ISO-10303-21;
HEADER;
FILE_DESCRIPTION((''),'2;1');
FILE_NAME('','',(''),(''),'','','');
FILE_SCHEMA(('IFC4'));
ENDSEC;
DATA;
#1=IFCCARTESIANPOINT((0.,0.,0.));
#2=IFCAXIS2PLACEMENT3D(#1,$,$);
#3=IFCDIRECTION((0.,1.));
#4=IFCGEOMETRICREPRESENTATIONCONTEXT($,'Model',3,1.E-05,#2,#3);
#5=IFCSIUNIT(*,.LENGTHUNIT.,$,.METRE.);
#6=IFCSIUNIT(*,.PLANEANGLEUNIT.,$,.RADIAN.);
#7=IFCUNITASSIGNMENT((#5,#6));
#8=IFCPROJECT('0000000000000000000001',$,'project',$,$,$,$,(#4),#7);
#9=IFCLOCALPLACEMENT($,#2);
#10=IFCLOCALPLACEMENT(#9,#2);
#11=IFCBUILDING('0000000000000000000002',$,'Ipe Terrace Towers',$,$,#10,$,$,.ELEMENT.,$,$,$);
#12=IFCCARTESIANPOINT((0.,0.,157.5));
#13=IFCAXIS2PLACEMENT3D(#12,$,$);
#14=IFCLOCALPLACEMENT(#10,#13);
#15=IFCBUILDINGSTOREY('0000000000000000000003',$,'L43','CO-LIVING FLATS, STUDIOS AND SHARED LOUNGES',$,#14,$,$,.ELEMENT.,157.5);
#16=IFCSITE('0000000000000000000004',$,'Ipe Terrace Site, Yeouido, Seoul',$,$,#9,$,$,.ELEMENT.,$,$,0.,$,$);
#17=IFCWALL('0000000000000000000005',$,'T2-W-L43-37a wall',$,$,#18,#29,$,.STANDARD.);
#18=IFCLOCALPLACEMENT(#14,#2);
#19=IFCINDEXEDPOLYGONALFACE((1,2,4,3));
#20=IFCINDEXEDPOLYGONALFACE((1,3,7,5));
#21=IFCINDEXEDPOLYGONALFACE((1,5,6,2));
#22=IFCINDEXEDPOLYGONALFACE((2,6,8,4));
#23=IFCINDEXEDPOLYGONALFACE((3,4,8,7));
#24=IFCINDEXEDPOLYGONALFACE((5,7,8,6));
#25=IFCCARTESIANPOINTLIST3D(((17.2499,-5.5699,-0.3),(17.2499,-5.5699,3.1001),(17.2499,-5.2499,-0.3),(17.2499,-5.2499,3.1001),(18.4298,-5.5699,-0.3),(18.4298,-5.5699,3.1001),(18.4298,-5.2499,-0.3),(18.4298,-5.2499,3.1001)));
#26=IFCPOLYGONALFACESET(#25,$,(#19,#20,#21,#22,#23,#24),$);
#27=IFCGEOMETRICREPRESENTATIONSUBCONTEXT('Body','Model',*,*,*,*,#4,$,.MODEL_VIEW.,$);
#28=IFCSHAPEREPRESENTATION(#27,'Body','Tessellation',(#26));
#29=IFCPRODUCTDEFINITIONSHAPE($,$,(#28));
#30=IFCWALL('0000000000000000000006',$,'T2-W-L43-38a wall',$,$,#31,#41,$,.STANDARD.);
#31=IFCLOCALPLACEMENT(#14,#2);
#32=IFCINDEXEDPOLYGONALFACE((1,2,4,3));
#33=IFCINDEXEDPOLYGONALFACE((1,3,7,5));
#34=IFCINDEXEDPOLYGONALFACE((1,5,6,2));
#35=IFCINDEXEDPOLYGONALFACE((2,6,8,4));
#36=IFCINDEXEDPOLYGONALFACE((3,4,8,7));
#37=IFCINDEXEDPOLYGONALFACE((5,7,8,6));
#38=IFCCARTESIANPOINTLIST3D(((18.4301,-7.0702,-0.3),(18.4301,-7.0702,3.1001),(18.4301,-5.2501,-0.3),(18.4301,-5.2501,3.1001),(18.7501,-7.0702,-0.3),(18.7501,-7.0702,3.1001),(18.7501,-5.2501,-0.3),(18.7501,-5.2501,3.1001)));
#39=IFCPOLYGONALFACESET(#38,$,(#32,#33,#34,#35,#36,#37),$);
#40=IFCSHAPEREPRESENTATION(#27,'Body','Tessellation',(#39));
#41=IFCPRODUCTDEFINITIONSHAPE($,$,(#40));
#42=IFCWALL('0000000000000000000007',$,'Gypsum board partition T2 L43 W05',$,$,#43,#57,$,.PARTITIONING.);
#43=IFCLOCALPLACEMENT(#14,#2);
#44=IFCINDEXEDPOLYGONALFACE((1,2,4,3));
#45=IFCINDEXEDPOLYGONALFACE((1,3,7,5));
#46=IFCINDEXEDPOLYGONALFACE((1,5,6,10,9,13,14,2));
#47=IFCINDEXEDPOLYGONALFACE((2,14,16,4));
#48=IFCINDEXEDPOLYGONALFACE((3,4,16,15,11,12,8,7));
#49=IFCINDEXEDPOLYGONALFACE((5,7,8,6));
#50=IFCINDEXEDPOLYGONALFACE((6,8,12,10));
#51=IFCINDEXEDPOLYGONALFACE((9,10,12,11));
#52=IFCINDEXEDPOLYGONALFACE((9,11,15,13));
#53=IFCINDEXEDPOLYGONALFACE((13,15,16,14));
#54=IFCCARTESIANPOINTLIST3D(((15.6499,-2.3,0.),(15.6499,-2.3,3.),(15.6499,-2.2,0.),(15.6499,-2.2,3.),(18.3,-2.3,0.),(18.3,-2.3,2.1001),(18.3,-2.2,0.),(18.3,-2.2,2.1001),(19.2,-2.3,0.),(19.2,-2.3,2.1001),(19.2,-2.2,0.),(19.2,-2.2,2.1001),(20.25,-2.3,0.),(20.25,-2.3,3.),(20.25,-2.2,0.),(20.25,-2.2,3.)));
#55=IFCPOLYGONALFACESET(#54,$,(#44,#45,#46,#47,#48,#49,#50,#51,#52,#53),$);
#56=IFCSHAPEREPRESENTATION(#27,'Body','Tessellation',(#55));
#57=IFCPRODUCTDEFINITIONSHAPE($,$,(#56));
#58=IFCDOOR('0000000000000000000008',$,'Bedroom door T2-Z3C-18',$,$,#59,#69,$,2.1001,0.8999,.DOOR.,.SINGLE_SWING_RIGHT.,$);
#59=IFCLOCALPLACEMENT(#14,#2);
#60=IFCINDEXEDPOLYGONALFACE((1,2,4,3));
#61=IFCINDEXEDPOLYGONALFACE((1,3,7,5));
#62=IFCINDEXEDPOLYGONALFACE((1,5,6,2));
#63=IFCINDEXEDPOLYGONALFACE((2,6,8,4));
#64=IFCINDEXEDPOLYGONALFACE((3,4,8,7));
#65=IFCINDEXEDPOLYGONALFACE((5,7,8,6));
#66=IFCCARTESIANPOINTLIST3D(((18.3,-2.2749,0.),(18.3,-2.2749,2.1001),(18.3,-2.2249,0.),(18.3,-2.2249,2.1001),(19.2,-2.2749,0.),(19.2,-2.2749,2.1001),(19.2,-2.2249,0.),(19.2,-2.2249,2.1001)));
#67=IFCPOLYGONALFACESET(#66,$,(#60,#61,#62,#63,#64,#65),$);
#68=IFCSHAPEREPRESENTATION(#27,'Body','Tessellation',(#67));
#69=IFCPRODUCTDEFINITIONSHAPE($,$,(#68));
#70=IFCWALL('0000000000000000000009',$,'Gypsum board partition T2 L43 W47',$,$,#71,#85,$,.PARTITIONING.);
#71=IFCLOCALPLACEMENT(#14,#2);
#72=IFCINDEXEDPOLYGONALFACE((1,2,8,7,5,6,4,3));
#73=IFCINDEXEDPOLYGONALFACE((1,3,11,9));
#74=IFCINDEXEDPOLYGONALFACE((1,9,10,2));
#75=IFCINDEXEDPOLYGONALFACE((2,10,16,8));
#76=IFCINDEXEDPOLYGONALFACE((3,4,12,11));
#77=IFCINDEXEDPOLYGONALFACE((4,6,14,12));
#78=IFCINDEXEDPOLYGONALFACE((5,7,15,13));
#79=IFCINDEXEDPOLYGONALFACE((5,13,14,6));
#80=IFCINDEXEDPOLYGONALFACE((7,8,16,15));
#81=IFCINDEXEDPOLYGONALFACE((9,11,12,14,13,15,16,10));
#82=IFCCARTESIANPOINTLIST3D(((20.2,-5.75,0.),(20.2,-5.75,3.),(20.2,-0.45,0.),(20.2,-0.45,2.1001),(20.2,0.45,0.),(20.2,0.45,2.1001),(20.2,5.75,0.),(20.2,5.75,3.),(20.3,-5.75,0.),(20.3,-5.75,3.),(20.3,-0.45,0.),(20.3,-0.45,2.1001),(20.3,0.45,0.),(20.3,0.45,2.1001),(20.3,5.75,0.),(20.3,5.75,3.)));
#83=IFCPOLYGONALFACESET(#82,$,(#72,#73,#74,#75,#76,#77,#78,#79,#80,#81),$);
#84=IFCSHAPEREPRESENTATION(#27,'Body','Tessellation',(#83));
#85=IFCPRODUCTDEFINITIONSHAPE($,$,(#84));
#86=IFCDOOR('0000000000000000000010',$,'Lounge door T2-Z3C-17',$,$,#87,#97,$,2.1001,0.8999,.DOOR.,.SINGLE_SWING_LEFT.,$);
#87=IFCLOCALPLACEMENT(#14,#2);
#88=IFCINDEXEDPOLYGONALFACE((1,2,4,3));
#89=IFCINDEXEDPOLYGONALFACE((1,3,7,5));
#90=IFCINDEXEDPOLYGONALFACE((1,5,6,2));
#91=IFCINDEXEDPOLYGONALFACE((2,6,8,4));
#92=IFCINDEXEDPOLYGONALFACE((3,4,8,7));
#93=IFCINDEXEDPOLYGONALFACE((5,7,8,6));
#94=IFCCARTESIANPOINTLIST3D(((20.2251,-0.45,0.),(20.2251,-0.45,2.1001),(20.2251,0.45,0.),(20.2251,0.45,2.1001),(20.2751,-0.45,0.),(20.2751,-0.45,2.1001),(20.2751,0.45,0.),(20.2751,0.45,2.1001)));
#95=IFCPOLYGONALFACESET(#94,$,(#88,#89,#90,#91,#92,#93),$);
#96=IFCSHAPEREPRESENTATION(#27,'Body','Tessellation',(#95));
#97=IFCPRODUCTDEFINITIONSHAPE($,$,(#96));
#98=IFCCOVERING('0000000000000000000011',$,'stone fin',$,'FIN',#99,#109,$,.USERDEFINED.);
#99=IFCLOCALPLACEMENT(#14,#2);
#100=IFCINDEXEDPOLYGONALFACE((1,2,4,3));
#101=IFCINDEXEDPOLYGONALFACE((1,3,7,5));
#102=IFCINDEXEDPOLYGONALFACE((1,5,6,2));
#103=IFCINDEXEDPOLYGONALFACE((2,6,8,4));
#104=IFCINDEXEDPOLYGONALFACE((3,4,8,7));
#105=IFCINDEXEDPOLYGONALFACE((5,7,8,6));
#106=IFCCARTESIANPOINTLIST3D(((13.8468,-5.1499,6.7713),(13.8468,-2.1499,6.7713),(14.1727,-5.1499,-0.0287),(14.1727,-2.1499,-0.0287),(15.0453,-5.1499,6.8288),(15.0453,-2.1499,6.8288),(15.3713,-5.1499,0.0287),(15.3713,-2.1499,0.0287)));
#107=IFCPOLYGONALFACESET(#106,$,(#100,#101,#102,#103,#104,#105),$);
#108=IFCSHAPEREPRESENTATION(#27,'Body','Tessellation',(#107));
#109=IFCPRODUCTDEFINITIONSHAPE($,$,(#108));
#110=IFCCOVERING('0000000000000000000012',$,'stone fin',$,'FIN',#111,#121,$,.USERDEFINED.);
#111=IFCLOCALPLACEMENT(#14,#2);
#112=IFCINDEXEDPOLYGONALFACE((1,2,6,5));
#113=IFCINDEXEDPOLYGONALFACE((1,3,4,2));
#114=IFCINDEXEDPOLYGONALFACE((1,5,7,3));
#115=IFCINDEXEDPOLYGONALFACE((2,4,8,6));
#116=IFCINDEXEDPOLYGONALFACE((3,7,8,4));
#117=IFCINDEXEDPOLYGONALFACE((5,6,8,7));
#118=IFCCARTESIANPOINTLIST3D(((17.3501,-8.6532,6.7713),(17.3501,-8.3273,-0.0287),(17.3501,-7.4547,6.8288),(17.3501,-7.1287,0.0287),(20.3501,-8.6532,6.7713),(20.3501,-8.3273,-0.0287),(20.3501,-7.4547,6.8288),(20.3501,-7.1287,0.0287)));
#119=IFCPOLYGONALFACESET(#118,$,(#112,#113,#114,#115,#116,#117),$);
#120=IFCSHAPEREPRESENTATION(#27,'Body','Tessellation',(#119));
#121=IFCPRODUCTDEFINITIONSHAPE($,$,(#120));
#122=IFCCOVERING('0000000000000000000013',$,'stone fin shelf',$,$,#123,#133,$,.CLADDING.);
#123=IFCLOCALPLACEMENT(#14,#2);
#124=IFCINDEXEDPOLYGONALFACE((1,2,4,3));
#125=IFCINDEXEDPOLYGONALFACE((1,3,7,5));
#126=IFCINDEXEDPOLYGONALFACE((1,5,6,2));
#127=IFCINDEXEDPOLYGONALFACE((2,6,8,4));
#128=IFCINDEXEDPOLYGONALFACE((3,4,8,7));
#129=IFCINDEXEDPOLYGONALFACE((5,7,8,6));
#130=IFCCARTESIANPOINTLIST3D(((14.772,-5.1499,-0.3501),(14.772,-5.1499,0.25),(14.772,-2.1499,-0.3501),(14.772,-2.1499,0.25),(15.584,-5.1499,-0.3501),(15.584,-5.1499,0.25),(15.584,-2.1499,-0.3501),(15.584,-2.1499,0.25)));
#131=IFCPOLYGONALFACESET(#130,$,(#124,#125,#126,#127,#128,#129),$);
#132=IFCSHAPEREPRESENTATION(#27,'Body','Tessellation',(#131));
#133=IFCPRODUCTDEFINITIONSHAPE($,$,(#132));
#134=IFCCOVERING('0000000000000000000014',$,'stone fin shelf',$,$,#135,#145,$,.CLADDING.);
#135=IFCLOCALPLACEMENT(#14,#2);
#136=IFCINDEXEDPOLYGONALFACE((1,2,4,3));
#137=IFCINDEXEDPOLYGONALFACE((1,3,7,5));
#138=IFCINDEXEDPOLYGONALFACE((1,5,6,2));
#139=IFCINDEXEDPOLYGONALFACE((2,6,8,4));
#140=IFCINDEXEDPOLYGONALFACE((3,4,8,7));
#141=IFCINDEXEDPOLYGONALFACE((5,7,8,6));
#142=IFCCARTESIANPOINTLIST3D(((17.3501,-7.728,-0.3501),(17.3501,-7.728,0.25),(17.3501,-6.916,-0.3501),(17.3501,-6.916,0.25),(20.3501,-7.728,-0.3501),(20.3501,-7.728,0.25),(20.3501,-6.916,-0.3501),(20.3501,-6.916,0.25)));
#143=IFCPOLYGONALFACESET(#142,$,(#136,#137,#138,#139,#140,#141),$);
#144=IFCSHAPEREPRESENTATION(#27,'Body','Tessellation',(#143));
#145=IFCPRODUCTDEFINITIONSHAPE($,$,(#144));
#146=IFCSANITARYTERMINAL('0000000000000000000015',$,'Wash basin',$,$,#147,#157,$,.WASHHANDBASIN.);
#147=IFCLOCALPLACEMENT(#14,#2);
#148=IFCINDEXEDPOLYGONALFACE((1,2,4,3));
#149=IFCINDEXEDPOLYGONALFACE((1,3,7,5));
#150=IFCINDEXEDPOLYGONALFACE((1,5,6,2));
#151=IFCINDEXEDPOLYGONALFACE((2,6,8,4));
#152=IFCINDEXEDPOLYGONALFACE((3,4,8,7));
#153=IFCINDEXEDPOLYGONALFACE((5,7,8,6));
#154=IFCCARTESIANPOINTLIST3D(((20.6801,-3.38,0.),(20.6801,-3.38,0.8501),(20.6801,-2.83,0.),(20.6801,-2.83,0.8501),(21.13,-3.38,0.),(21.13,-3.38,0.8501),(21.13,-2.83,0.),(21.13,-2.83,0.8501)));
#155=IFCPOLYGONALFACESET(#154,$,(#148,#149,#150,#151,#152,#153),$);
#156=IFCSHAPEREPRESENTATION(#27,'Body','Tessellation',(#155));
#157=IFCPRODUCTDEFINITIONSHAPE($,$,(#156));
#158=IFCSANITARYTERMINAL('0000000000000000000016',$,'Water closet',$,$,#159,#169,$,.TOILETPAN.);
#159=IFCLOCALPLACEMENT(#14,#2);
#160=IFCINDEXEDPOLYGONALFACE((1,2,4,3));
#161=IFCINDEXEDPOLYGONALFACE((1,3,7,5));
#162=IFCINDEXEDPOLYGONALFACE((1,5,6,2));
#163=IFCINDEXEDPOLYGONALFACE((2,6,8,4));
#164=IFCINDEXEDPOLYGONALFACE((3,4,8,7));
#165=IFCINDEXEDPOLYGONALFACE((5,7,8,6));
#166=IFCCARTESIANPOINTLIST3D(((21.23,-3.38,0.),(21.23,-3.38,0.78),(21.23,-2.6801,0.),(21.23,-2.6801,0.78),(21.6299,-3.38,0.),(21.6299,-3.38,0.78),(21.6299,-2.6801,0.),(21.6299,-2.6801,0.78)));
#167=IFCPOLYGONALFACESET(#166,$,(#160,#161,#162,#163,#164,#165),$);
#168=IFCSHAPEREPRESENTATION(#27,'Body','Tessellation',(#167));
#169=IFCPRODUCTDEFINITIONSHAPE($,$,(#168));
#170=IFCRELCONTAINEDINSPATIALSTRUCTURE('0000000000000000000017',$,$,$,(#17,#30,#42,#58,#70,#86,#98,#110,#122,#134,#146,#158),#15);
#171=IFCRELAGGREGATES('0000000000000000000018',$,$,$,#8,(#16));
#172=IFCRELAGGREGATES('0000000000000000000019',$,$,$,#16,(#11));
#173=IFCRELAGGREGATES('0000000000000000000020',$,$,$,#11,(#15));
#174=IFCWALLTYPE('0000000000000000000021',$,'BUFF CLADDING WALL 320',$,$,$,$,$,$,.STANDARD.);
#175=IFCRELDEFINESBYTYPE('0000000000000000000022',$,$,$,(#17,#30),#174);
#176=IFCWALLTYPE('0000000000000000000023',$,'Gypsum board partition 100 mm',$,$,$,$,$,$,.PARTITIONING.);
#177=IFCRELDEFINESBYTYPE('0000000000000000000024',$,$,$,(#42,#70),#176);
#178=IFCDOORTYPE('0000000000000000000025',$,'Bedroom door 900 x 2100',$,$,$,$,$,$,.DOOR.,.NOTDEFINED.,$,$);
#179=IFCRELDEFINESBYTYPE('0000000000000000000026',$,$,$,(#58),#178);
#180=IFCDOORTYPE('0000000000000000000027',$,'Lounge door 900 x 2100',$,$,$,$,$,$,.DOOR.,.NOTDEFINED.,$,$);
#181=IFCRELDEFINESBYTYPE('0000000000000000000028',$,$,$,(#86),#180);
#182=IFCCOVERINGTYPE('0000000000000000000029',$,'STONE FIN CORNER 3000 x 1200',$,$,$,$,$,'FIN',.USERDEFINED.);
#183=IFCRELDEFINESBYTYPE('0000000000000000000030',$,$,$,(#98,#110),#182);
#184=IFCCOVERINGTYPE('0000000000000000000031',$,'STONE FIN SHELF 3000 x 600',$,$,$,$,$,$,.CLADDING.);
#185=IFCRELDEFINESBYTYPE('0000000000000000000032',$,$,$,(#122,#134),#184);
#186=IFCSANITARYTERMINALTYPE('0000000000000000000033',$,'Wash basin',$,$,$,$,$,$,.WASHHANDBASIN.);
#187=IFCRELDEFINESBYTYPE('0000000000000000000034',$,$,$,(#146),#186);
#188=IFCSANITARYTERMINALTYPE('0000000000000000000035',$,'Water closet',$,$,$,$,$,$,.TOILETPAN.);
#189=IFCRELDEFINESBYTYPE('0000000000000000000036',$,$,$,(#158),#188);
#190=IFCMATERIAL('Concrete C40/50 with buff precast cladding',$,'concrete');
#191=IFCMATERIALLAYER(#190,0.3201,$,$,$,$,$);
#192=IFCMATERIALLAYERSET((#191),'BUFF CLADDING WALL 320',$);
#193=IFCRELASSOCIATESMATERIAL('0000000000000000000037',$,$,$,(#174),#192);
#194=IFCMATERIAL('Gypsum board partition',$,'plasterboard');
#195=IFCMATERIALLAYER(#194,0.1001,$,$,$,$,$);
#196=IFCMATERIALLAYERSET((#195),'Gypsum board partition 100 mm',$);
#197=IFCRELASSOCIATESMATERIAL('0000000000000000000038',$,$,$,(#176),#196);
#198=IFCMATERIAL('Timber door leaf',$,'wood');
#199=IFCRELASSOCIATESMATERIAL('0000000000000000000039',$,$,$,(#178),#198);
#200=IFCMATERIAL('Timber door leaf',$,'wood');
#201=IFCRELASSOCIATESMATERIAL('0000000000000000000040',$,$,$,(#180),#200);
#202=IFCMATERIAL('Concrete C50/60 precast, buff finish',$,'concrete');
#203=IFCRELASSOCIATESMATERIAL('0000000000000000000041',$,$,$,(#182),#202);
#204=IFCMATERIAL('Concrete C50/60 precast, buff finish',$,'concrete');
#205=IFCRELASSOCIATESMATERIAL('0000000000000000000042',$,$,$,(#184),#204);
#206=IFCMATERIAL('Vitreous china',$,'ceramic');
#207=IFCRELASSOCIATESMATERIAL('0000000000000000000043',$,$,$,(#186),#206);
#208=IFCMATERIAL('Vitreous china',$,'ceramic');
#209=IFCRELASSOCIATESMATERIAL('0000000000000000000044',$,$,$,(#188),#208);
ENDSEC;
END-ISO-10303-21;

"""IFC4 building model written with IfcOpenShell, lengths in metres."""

from ifc_helpers import new_model, si_unit, direction, frame, frame_2d, origin, origin_2d, place, context, subcontext, project, spatial, rectangle, extrude, material, layer, layer_set, material_profile, profile_set, type_object, element, fill, save


model = new_model("IFC4")

# Units and contexts
model_context = context("Model", 3, precision=1e-05, world=origin(), true_north=direction((0.0, 1.0)))
body_context = subcontext(model_context, "Body", "Model", "MODEL_VIEW")
ifc_project = project(units=[si_unit("LENGTHUNIT", "METRE"), si_unit("PLANEANGLEUNIT", "RADIAN")], contexts=[model_context])

# Site, building, storey
site_placement = place(None, origin())
site = spatial("IfcSite", under=ifc_project, at=site_placement, Name="Ipe Terrace Site, Yeouido, Seoul", CompositionType="ELEMENT", RefElevation=0.0)
building_placement = place(site_placement, origin())
building = spatial("IfcBuilding", under=site, at=building_placement, Name="Ipe Terrace Towers", CompositionType="ELEMENT")
storey_placement = place(building_placement, frame((0.0, 0.0, 157.5)))
storey = spatial("IfcBuildingStorey", under=building, at=storey_placement, Name="L43", Description="CO-LIVING FLATS, STUDIOS AND SHARED LOUNGES", CompositionType="ELEMENT", Elevation=157.5)

# Shared definitions
ifc_material_1 = material(Name="Concrete C40/50 with buff precast cladding", Category="concrete")
ifc_layer_1 = layer(ifc_material_1, 0.3201)
ifc_layer_set_1 = layer_set([ifc_layer_1], Name="BUFF CLADDING WALL 320")
wall_type_1 = type_object("IfcWallType", Name="BUFF CLADDING WALL 320", PredefinedType="STANDARD", material=ifc_layer_set_1)

# Walls
wall_1_placement = place(storey_placement, frame((17.25, -5.4099, -0.3), z_axis=(0.0, 0.0, 1.0), x_axis=(1.0, 0.0, 0.0)))
element("IfcWall", 1, at=wall_1_placement, inside=storey, type_object=wall_type_1, Name="T2-W-L43-37a wall", PredefinedType="STANDARD", context=body_context, shape_type="SweptSolid", body=[
    extrude(rectangle(XDim=1.1799, YDim=0.3201, at=frame_2d((0.5898, 0.0))), origin(), (0.0, 0.0, 1.0), 3.4001),
])
wall_2_placement = place(storey_placement, frame((18.5901, -5.25, -0.3), z_axis=(0.0, 0.0, 1.0), x_axis=(0.0, -1.0, 0.0)))
element("IfcWall", 2, at=wall_2_placement, inside=storey, type_object=wall_type_1, Name="T2-W-L43-38a wall", PredefinedType="STANDARD", context=body_context, shape_type="SweptSolid", body=[
    extrude(rectangle(XDim=1.8201, YDim=0.3201, at=frame_2d((0.9102, 0.0))), origin(), (0.0, 0.0, 1.0), 3.4001),
])

# Walls, openings, doors
ifc_material_2 = material(Name="Gypsum board partition", Category="plasterboard")
ifc_layer_2 = layer(ifc_material_2, 0.1001)
ifc_layer_set_2 = layer_set([ifc_layer_2], Name="Gypsum board partition 100 mm")
wall_type_2 = type_object("IfcWallType", Name="Gypsum board partition 100 mm", PredefinedType="PARTITIONING", material=ifc_layer_set_2)
wall_3_placement = place(storey_placement, frame((20.25, -2.25, 0.0), z_axis=(0.0, 0.0, 1.0), x_axis=(-1.0, 0.0, 0.0)))
wall_3 = element("IfcWall", 3, at=wall_3_placement, inside=storey, type_object=wall_type_2, Name="Gypsum board partition T2 L43 W05", PredefinedType="PARTITIONING", context=body_context, shape_type="SweptSolid", body=[
    extrude(rectangle(XDim=4.6001, YDim=0.1001, at=frame_2d((2.3, 0.0))), origin(), (0.0, 0.0, 1.0), 3.0),
])
opening_1_placement = place(wall_3_placement, frame((1.05, 0.0, 0.0)))
opening_1 = element("IfcOpeningElement", 4, at=opening_1_placement, cuts=wall_3, PredefinedType="OPENING", context=body_context, shape_type="SweptSolid", body=[
    extrude(rectangle(XDim=0.8999, YDim=2.1001, at=frame_2d((0.45, 1.05))), frame((0.0, 0.0601, 0.0), z_axis=(0.0, -1.0, 0.0), x_axis=(1.0, 0.0, 0.0)), (0.0, 0.0, 1.0), 0.1201),
])
ifc_material_3 = material(Name="Timber door leaf", Category="wood")
door_type_1 = type_object("IfcDoorType", Name="Bedroom door 900 x 2100", OperationType="NOTDEFINED", PredefinedType="DOOR", material=ifc_material_3)
door_1_placement = place(opening_1_placement, origin())
door_1 = element("IfcDoor", 5, at=door_1_placement, inside=storey, type_object=door_type_1, Name="Bedroom door T2-Z3C-18", OperationType="SINGLE_SWING_RIGHT", OverallHeight=2.1001, OverallWidth=0.8999, PredefinedType="DOOR", context=body_context, shape_type="SweptSolid", body=[
    extrude(rectangle(XDim=0.8999, YDim=2.1001, at=frame_2d((0.45, 1.05))), frame((0.0, 0.0249, 0.0), z_axis=(0.0, -1.0, 0.0), x_axis=(1.0, 0.0, 0.0)), (0.0, 0.0, 1.0), 0.05),
])
fill(opening_1, door_1)
wall_4_placement = place(storey_placement, frame((20.25, -5.75, 0.0), z_axis=(0.0, 0.0, 1.0), x_axis=(0.0, 1.0, 0.0)))
wall_4 = element("IfcWall", 6, at=wall_4_placement, inside=storey, type_object=wall_type_2, Name="Gypsum board partition T2 L43 W47", PredefinedType="PARTITIONING", context=body_context, shape_type="SweptSolid", body=[
    extrude(rectangle(XDim=11.5, YDim=0.1001, at=frame_2d((5.75, 0.0))), origin(), (0.0, 0.0, 1.0), 3.0),
])
opening_2_placement = place(wall_4_placement, frame((5.3, 0.0, 0.0)))
opening_2 = element("IfcOpeningElement", 7, at=opening_2_placement, cuts=wall_4, PredefinedType="OPENING", context=body_context, shape_type="SweptSolid", body=[
    extrude(rectangle(XDim=0.8999, YDim=2.1001, at=frame_2d((0.45, 1.05))), frame((0.0, 0.0601, 0.0), z_axis=(0.0, -1.0, 0.0), x_axis=(1.0, 0.0, 0.0)), (0.0, 0.0, 1.0), 0.1201),
])
ifc_material_4 = material(Name="Timber door leaf", Category="wood")
door_type_2 = type_object("IfcDoorType", Name="Lounge door 900 x 2100", OperationType="NOTDEFINED", PredefinedType="DOOR", material=ifc_material_4)
door_2_placement = place(opening_2_placement, origin())
door_2 = element("IfcDoor", 8, at=door_2_placement, inside=storey, type_object=door_type_2, Name="Lounge door T2-Z3C-17", OperationType="SINGLE_SWING_LEFT", OverallHeight=2.1001, OverallWidth=0.8999, PredefinedType="DOOR", context=body_context, shape_type="SweptSolid", body=[
    extrude(rectangle(XDim=0.8999, YDim=2.1001, at=frame_2d((0.45, 1.05))), frame((0.0, 0.0249, 0.0), z_axis=(0.0, -1.0, 0.0), x_axis=(1.0, 0.0, 0.0)), (0.0, 0.0, 1.0), 0.05),
])
fill(opening_2, door_2)

# Coverings
ifc_material_5 = material(Name="Concrete C50/60 precast, buff finish", Category="concrete")
ifc_material_profile_1 = material_profile(ifc_material_5, rectangle(XDim=3.0, YDim=1.2, at=origin_2d()), Name="STONE FIN CORNER 3000 x 1200")
ifc_profile_set_1 = profile_set([ifc_material_profile_1], Name="Concrete C50/60 precast, buff finish")
covering_type_1 = type_object("IfcCoveringType", Name="STONE FIN CORNER 3000 x 1200", ElementType="FIN", PredefinedType="USERDEFINED", material=ifc_profile_set_1)
for number, where, z_axis, x_axis, name in (
    (9, (14.772, -3.6499, 0.0), (-0.047875, 0.0, 0.998853), (0.0, -1.0, 0.0), "stone fin"),
    (10, (18.8501, -7.728, 0.0), (0.0, -0.047875, 0.998853), (1.0, 0.0, 0.0), "stone fin"),
):
    element("IfcCovering", number, at=place(storey_placement, frame(where, z_axis=z_axis, x_axis=x_axis)), inside=storey, type_object=covering_type_1, Name=name, ObjectType="FIN", PredefinedType="USERDEFINED", context=body_context, shape_type="SweptSolid", body=[
        extrude(rectangle(XDim=3.0, YDim=1.2, at=origin_2d()), origin(), (0.0, 0.0, 1.0), 6.8079),
    ])
ifc_material_6 = material(Name="Concrete C50/60 precast, buff finish", Category="concrete")
covering_type_2 = type_object("IfcCoveringType", Name="STONE FIN SHELF 3000 x 600", PredefinedType="CLADDING", material=ifc_material_6)
for number, where, z_axis, x_axis, name in (
    (11, (15.178, -3.6499, -0.3501), (0.0, 0.0, 1.0), (0.0, -1.0, 0.0), "stone fin shelf"),
    (12, (18.8501, -7.322, -0.3501), (0.0, 0.0, 1.0), (1.0, 0.0, 0.0), "stone fin shelf"),
):
    element("IfcCovering", number, at=place(storey_placement, frame(where, z_axis=z_axis, x_axis=x_axis)), inside=storey, type_object=covering_type_2, Name=name, PredefinedType="CLADDING", context=body_context, shape_type="SweptSolid", body=[
        extrude(rectangle(XDim=3.0, YDim=0.812, at=origin_2d()), origin(), (0.0, 0.0, 1.0), 0.6001),
    ])

# Sanitary terminals
ifc_material_7 = material(Name="Vitreous china", Category="ceramic")
sanitary_terminal_type_1 = type_object("IfcSanitaryTerminalType", Name="Wash basin", PredefinedType="WASHHANDBASIN", material=ifc_material_7)
sanitary_terminal_1_placement = place(storey_placement, frame((20.905, -3.105, 0.0), z_axis=(0.0, 0.0, 1.0), x_axis=(0.0, 1.0, 0.0)))
element("IfcSanitaryTerminal", 13, at=sanitary_terminal_1_placement, inside=storey, type_object=sanitary_terminal_type_1, Name="Wash basin", PredefinedType="WASHHANDBASIN", context=body_context, shape_type="SweptSolid", body=[
    extrude(rectangle(XDim=0.55, YDim=0.45, at=origin_2d()), origin(), (0.0, 0.0, 1.0), 0.8501),
])
ifc_material_8 = material(Name="Vitreous china", Category="ceramic")
sanitary_terminal_type_2 = type_object("IfcSanitaryTerminalType", Name="Water closet", PredefinedType="TOILETPAN", material=ifc_material_8)
sanitary_terminal_2_placement = place(storey_placement, frame((21.4299, -3.03, 0.0), z_axis=(0.0, 0.0, 1.0), x_axis=(0.0, 1.0, 0.0)))
element("IfcSanitaryTerminal", 14, at=sanitary_terminal_2_placement, inside=storey, type_object=sanitary_terminal_type_2, Name="Water closet", PredefinedType="TOILETPAN", context=body_context, shape_type="SweptSolid", body=[
    extrude(rectangle(XDim=0.7, YDim=0.3999, at=origin_2d()), origin(), (0.0, 0.0, 1.0), 0.78),
])

save(model, "model.ifc")
